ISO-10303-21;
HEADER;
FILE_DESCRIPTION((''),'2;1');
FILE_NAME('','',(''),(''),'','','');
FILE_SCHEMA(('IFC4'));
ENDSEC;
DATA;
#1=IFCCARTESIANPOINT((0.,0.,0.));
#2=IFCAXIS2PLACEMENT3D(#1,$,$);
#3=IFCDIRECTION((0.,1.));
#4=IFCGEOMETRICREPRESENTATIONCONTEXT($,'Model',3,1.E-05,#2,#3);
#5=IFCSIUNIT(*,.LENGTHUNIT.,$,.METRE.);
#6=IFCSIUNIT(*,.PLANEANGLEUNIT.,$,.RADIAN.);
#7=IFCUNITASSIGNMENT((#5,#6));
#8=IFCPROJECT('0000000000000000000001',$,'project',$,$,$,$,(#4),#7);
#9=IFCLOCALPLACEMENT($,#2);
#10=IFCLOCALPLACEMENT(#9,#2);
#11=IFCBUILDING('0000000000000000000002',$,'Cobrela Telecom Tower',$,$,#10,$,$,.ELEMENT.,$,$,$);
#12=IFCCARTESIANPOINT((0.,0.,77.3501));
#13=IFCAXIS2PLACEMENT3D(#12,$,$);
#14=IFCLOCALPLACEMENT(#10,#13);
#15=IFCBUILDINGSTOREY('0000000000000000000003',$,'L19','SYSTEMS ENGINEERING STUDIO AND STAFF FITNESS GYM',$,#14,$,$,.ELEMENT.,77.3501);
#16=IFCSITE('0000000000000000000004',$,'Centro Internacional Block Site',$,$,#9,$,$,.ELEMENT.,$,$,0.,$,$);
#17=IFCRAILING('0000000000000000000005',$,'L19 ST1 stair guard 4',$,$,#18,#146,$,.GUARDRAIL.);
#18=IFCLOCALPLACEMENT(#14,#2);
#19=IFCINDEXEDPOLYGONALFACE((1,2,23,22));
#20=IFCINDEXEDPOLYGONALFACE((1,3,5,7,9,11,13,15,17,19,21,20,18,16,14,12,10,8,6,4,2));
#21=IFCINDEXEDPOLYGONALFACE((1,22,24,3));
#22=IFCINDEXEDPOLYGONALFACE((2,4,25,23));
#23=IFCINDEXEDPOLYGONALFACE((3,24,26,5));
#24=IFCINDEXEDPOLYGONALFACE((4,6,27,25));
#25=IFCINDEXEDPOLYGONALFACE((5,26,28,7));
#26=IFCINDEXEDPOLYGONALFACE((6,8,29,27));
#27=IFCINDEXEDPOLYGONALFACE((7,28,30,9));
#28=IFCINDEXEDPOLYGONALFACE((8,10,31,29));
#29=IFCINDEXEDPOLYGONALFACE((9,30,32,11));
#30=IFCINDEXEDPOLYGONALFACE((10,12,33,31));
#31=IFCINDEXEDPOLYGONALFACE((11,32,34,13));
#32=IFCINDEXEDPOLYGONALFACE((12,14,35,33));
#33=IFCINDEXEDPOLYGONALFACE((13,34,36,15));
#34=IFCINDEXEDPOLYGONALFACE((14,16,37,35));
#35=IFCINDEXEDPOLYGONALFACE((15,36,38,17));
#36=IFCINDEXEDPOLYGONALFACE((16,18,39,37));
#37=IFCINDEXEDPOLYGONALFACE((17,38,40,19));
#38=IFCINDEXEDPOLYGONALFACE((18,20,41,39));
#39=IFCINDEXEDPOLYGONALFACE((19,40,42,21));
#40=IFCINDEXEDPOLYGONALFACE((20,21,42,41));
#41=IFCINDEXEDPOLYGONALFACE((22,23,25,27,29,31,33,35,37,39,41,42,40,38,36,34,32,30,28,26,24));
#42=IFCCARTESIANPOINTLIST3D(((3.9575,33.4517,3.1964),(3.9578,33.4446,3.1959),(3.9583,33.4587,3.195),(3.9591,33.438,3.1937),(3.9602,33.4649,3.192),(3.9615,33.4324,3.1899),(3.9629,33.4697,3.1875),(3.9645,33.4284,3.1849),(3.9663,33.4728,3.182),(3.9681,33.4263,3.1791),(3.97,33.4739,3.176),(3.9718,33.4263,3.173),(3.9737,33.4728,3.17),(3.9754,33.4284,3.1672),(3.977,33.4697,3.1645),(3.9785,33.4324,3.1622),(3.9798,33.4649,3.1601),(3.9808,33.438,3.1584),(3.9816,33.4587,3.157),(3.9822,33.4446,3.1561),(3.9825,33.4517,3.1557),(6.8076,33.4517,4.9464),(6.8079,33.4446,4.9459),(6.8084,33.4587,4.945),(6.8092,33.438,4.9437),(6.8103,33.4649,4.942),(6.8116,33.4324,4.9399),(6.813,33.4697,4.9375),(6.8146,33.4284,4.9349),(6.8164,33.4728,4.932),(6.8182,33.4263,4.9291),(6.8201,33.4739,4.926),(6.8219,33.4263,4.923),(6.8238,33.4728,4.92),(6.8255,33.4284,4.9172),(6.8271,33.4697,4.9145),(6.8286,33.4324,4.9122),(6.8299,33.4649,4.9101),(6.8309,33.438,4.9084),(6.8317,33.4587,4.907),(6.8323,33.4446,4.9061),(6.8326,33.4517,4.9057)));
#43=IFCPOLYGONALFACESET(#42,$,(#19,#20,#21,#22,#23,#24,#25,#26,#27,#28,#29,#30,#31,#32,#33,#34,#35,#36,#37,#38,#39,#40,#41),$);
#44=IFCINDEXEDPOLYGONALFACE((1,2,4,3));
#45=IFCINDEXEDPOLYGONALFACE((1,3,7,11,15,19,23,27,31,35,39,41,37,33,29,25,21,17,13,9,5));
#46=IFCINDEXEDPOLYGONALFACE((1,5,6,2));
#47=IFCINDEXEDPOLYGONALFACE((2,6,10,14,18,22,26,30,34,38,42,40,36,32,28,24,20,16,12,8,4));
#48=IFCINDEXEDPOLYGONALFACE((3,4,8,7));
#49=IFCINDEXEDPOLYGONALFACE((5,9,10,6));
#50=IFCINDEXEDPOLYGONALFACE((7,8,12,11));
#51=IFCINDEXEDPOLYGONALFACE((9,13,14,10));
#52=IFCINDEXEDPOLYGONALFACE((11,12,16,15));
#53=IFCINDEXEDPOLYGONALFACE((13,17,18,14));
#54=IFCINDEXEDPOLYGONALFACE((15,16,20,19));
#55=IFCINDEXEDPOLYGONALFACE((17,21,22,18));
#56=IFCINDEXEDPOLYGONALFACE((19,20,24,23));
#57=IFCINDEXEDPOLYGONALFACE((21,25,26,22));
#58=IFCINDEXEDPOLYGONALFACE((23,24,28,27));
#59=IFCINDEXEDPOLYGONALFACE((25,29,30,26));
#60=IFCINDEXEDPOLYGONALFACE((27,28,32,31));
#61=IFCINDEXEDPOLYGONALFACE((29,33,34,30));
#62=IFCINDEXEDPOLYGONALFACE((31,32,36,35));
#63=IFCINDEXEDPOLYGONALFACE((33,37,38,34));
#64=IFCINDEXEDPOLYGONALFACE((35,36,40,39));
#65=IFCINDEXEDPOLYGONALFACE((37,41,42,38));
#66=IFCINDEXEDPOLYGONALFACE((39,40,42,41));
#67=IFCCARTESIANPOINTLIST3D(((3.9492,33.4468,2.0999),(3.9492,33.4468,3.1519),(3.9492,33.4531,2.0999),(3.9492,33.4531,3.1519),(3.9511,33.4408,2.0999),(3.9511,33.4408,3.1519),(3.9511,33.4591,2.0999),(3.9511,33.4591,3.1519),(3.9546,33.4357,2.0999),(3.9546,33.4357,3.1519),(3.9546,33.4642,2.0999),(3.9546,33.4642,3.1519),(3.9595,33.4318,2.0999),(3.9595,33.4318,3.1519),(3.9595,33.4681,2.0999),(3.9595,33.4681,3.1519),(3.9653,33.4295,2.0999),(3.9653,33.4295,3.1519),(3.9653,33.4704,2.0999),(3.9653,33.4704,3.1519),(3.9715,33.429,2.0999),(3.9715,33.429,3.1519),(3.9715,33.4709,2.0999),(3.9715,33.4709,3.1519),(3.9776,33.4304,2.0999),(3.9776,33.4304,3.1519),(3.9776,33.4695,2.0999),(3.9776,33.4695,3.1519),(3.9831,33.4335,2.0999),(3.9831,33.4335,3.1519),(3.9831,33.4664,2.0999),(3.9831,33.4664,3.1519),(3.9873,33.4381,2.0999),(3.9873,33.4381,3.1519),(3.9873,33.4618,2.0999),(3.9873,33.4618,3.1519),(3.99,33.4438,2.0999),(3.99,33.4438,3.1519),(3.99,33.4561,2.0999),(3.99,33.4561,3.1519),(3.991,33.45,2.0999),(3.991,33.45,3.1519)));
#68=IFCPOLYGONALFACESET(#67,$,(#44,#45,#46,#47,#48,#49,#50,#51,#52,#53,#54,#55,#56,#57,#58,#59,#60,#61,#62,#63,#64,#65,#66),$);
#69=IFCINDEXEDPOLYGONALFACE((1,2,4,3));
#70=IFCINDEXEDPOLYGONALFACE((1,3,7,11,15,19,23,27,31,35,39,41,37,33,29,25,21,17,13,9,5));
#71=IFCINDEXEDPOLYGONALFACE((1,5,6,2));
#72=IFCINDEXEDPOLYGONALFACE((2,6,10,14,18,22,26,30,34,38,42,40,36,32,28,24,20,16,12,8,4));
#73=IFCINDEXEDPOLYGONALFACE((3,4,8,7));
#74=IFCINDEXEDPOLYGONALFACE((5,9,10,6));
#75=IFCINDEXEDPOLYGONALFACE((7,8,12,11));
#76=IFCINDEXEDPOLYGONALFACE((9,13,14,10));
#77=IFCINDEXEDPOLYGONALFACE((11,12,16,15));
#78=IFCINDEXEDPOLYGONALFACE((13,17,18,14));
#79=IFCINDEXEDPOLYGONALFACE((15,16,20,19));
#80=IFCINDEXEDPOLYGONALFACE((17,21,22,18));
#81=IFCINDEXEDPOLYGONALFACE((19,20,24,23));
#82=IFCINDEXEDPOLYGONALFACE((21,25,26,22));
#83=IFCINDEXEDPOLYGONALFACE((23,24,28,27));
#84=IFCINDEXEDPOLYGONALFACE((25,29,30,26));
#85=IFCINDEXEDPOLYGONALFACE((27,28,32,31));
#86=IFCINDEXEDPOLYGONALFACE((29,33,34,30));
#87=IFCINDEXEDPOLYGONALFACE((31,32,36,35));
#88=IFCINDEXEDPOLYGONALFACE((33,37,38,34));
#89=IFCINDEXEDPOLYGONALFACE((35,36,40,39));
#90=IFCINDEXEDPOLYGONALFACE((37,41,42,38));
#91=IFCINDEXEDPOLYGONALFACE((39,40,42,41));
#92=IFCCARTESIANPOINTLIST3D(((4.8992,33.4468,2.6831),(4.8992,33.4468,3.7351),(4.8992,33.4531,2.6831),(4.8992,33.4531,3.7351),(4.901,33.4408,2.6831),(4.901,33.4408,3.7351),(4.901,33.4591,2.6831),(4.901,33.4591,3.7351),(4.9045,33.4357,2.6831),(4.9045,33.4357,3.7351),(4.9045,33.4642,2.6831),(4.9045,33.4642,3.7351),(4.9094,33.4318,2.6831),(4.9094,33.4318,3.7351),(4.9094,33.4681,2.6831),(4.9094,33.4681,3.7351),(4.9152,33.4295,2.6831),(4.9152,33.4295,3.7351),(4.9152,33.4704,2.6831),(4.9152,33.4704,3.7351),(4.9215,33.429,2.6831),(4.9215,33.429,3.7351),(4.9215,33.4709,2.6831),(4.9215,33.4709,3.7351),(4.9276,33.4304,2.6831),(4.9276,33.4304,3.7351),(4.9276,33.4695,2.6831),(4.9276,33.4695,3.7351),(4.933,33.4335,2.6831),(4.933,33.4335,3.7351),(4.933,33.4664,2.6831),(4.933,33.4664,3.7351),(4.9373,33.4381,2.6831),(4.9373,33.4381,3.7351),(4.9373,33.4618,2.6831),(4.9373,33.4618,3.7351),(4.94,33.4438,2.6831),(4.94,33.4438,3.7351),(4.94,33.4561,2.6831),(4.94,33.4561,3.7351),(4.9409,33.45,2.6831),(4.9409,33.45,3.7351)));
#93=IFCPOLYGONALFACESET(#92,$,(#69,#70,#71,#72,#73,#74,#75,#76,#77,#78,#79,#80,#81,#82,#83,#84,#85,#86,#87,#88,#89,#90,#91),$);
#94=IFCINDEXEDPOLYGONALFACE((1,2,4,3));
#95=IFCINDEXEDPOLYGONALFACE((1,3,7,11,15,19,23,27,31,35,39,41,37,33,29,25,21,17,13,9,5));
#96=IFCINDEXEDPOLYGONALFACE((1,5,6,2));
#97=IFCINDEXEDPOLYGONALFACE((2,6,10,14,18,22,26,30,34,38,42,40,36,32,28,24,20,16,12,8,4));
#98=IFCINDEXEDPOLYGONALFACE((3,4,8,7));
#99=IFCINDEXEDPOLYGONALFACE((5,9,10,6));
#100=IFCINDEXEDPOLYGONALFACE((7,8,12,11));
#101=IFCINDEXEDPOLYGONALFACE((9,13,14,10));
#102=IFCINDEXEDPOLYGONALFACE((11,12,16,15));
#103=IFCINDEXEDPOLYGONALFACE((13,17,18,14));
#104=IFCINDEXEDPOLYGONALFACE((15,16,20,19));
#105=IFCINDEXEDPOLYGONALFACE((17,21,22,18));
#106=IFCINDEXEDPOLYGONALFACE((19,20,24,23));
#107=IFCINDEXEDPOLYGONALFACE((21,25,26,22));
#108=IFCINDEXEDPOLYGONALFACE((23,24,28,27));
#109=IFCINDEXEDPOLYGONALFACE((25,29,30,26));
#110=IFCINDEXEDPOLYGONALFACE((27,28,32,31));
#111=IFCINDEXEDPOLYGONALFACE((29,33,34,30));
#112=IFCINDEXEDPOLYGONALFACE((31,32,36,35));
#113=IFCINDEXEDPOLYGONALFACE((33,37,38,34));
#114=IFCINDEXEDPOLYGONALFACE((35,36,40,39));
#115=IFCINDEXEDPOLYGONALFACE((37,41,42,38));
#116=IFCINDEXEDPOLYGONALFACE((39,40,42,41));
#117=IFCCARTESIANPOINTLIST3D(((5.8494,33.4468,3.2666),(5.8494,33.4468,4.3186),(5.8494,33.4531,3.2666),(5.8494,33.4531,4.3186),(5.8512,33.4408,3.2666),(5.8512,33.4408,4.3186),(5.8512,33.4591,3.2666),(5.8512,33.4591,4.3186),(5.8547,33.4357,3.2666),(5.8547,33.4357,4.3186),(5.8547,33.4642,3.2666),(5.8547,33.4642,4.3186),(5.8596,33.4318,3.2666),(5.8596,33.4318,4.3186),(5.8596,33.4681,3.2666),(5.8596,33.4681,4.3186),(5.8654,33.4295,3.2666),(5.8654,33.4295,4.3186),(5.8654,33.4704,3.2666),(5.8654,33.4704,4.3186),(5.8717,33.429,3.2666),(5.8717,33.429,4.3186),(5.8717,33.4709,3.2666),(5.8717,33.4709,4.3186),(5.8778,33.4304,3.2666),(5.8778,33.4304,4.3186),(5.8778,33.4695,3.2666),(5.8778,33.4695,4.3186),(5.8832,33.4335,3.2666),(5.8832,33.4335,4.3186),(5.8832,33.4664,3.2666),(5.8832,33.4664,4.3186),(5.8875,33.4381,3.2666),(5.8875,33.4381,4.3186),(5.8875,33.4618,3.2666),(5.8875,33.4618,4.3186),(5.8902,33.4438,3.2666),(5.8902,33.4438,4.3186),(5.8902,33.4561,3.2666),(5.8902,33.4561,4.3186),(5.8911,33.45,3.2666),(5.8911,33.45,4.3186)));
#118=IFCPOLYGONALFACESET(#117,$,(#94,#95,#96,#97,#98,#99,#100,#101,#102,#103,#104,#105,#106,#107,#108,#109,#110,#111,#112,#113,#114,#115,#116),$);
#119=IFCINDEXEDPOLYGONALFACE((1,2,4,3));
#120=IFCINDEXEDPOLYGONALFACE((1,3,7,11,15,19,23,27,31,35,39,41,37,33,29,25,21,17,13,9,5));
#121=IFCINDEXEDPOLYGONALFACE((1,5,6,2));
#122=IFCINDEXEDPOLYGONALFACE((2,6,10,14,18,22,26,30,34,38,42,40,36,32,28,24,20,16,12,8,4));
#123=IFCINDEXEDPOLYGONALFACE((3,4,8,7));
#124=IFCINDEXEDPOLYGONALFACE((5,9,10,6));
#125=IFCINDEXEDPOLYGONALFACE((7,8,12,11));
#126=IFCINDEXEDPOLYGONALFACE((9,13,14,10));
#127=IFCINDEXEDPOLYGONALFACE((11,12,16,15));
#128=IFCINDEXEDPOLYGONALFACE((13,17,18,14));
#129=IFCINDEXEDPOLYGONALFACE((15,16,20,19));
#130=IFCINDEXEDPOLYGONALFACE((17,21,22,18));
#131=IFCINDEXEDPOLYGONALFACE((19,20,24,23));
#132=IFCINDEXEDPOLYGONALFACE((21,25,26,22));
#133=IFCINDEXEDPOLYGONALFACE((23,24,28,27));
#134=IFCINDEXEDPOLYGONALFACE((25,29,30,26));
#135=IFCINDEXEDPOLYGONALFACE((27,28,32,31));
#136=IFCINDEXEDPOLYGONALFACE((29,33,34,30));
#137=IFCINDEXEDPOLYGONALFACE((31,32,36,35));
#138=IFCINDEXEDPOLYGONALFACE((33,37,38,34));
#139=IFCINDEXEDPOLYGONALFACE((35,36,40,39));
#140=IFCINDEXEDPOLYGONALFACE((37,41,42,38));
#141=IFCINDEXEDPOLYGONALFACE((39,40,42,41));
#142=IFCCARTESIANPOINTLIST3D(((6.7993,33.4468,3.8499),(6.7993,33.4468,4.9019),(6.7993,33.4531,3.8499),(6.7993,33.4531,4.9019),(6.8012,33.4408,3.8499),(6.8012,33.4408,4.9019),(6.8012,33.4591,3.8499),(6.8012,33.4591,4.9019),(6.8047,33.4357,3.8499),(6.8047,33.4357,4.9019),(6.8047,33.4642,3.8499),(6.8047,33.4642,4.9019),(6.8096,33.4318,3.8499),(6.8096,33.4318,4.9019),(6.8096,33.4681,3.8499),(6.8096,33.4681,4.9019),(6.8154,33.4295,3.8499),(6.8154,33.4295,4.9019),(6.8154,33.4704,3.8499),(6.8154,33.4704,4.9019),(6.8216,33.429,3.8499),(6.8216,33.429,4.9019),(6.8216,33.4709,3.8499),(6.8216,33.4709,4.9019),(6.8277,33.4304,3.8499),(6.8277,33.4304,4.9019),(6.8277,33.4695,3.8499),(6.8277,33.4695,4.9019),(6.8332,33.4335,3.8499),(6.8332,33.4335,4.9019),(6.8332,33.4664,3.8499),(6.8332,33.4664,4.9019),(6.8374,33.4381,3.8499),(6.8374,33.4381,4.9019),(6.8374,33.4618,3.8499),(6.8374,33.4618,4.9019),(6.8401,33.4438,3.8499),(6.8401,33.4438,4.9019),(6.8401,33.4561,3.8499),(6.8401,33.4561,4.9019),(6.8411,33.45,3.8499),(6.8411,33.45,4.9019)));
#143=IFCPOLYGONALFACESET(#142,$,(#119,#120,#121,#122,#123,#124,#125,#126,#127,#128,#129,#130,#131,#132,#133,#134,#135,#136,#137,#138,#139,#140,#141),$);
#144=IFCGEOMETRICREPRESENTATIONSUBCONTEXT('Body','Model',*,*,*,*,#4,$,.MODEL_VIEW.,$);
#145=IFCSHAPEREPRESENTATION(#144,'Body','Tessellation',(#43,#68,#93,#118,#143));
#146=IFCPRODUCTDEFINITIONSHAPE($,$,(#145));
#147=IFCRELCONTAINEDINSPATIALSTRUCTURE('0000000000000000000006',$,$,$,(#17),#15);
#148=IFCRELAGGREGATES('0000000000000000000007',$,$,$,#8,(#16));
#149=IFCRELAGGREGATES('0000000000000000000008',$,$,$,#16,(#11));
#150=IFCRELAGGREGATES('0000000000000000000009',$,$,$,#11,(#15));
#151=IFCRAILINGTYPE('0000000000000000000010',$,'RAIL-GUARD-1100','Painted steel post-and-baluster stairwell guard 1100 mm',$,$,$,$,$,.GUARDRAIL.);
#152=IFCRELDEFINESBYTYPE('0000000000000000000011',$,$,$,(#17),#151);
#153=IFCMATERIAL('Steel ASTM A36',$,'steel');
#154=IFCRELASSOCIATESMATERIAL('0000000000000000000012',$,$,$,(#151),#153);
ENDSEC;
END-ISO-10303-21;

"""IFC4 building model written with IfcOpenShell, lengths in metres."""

from ifc_helpers import new_model, si_unit, direction, frame, origin, origin_2d, place, context, subcontext, project, spatial, circle, extrude, material, type_object, element, save


model = new_model("IFC4")

# Units and contexts
model_context = context("Model", 3, precision=1e-05, world=origin(), true_north=direction((0.0, 1.0)))
body_context = subcontext(model_context, "Body", "Model", "MODEL_VIEW")
ifc_project = project(units=[si_unit("LENGTHUNIT", "METRE"), si_unit("PLANEANGLEUNIT", "RADIAN")], contexts=[model_context])

# Site, building, storey
site_placement = place(None, origin())
site = spatial("IfcSite", under=ifc_project, at=site_placement, Name="Centro Internacional Block Site", CompositionType="ELEMENT", RefElevation=0.0)
building_placement = place(site_placement, origin())
building = spatial("IfcBuilding", under=site, at=building_placement, Name="Cobrela Telecom Tower", CompositionType="ELEMENT")
storey_placement = place(building_placement, frame((0.0, 0.0, 77.3501)))
storey = spatial("IfcBuildingStorey", under=building, at=storey_placement, Name="L19", Description="SYSTEMS ENGINEERING STUDIO AND STAFF FITNESS GYM", CompositionType="ELEMENT", Elevation=77.3501)

# Shared definitions
ifc_material_1 = material(Name="Steel ASTM A36", Category="steel")

# Railing
railing_type_1 = type_object("IfcRailingType", Name="RAIL-GUARD-1100", Description="Painted steel post-and-baluster stairwell guard 1100 mm", PredefinedType="GUARDRAIL", material=ifc_material_1)
railing_1_placement = place(storey_placement, frame((3.97, 33.45, 2.0999)))
element("IfcRailing", 1, at=railing_1_placement, inside=storey, type_object=railing_type_1, Name="L19 ST1 stair guard 4", PredefinedType="GUARDRAIL", context=body_context, shape_type="SweptSolid", body=[
    extrude(circle(Radius=0.0239, at=origin_2d()), frame((0.0, 0.0, 1.0762), z_axis=(0.852179, 0.0, 0.52325), x_axis=(0.0, 1.0, 0.0)), (0.0, 0.0, 1.0), 3.3445),
    extrude(circle(Radius=0.021, at=origin_2d()), origin(), (0.0, 0.0, 1.0), 1.052),
    extrude(circle(Radius=0.021, at=origin_2d()), frame((0.95, 0.0, 0.5833)), (0.0, 0.0, 1.0), 1.052),
    extrude(circle(Radius=0.021, at=origin_2d()), frame((1.9001, 0.0, 1.1667)), (0.0, 0.0, 1.0), 1.052),
    extrude(circle(Radius=0.021, at=origin_2d()), frame((2.8501, 0.0, 1.75)), (0.0, 0.0, 1.0), 1.052),
])

save(model, "model.ifc")
